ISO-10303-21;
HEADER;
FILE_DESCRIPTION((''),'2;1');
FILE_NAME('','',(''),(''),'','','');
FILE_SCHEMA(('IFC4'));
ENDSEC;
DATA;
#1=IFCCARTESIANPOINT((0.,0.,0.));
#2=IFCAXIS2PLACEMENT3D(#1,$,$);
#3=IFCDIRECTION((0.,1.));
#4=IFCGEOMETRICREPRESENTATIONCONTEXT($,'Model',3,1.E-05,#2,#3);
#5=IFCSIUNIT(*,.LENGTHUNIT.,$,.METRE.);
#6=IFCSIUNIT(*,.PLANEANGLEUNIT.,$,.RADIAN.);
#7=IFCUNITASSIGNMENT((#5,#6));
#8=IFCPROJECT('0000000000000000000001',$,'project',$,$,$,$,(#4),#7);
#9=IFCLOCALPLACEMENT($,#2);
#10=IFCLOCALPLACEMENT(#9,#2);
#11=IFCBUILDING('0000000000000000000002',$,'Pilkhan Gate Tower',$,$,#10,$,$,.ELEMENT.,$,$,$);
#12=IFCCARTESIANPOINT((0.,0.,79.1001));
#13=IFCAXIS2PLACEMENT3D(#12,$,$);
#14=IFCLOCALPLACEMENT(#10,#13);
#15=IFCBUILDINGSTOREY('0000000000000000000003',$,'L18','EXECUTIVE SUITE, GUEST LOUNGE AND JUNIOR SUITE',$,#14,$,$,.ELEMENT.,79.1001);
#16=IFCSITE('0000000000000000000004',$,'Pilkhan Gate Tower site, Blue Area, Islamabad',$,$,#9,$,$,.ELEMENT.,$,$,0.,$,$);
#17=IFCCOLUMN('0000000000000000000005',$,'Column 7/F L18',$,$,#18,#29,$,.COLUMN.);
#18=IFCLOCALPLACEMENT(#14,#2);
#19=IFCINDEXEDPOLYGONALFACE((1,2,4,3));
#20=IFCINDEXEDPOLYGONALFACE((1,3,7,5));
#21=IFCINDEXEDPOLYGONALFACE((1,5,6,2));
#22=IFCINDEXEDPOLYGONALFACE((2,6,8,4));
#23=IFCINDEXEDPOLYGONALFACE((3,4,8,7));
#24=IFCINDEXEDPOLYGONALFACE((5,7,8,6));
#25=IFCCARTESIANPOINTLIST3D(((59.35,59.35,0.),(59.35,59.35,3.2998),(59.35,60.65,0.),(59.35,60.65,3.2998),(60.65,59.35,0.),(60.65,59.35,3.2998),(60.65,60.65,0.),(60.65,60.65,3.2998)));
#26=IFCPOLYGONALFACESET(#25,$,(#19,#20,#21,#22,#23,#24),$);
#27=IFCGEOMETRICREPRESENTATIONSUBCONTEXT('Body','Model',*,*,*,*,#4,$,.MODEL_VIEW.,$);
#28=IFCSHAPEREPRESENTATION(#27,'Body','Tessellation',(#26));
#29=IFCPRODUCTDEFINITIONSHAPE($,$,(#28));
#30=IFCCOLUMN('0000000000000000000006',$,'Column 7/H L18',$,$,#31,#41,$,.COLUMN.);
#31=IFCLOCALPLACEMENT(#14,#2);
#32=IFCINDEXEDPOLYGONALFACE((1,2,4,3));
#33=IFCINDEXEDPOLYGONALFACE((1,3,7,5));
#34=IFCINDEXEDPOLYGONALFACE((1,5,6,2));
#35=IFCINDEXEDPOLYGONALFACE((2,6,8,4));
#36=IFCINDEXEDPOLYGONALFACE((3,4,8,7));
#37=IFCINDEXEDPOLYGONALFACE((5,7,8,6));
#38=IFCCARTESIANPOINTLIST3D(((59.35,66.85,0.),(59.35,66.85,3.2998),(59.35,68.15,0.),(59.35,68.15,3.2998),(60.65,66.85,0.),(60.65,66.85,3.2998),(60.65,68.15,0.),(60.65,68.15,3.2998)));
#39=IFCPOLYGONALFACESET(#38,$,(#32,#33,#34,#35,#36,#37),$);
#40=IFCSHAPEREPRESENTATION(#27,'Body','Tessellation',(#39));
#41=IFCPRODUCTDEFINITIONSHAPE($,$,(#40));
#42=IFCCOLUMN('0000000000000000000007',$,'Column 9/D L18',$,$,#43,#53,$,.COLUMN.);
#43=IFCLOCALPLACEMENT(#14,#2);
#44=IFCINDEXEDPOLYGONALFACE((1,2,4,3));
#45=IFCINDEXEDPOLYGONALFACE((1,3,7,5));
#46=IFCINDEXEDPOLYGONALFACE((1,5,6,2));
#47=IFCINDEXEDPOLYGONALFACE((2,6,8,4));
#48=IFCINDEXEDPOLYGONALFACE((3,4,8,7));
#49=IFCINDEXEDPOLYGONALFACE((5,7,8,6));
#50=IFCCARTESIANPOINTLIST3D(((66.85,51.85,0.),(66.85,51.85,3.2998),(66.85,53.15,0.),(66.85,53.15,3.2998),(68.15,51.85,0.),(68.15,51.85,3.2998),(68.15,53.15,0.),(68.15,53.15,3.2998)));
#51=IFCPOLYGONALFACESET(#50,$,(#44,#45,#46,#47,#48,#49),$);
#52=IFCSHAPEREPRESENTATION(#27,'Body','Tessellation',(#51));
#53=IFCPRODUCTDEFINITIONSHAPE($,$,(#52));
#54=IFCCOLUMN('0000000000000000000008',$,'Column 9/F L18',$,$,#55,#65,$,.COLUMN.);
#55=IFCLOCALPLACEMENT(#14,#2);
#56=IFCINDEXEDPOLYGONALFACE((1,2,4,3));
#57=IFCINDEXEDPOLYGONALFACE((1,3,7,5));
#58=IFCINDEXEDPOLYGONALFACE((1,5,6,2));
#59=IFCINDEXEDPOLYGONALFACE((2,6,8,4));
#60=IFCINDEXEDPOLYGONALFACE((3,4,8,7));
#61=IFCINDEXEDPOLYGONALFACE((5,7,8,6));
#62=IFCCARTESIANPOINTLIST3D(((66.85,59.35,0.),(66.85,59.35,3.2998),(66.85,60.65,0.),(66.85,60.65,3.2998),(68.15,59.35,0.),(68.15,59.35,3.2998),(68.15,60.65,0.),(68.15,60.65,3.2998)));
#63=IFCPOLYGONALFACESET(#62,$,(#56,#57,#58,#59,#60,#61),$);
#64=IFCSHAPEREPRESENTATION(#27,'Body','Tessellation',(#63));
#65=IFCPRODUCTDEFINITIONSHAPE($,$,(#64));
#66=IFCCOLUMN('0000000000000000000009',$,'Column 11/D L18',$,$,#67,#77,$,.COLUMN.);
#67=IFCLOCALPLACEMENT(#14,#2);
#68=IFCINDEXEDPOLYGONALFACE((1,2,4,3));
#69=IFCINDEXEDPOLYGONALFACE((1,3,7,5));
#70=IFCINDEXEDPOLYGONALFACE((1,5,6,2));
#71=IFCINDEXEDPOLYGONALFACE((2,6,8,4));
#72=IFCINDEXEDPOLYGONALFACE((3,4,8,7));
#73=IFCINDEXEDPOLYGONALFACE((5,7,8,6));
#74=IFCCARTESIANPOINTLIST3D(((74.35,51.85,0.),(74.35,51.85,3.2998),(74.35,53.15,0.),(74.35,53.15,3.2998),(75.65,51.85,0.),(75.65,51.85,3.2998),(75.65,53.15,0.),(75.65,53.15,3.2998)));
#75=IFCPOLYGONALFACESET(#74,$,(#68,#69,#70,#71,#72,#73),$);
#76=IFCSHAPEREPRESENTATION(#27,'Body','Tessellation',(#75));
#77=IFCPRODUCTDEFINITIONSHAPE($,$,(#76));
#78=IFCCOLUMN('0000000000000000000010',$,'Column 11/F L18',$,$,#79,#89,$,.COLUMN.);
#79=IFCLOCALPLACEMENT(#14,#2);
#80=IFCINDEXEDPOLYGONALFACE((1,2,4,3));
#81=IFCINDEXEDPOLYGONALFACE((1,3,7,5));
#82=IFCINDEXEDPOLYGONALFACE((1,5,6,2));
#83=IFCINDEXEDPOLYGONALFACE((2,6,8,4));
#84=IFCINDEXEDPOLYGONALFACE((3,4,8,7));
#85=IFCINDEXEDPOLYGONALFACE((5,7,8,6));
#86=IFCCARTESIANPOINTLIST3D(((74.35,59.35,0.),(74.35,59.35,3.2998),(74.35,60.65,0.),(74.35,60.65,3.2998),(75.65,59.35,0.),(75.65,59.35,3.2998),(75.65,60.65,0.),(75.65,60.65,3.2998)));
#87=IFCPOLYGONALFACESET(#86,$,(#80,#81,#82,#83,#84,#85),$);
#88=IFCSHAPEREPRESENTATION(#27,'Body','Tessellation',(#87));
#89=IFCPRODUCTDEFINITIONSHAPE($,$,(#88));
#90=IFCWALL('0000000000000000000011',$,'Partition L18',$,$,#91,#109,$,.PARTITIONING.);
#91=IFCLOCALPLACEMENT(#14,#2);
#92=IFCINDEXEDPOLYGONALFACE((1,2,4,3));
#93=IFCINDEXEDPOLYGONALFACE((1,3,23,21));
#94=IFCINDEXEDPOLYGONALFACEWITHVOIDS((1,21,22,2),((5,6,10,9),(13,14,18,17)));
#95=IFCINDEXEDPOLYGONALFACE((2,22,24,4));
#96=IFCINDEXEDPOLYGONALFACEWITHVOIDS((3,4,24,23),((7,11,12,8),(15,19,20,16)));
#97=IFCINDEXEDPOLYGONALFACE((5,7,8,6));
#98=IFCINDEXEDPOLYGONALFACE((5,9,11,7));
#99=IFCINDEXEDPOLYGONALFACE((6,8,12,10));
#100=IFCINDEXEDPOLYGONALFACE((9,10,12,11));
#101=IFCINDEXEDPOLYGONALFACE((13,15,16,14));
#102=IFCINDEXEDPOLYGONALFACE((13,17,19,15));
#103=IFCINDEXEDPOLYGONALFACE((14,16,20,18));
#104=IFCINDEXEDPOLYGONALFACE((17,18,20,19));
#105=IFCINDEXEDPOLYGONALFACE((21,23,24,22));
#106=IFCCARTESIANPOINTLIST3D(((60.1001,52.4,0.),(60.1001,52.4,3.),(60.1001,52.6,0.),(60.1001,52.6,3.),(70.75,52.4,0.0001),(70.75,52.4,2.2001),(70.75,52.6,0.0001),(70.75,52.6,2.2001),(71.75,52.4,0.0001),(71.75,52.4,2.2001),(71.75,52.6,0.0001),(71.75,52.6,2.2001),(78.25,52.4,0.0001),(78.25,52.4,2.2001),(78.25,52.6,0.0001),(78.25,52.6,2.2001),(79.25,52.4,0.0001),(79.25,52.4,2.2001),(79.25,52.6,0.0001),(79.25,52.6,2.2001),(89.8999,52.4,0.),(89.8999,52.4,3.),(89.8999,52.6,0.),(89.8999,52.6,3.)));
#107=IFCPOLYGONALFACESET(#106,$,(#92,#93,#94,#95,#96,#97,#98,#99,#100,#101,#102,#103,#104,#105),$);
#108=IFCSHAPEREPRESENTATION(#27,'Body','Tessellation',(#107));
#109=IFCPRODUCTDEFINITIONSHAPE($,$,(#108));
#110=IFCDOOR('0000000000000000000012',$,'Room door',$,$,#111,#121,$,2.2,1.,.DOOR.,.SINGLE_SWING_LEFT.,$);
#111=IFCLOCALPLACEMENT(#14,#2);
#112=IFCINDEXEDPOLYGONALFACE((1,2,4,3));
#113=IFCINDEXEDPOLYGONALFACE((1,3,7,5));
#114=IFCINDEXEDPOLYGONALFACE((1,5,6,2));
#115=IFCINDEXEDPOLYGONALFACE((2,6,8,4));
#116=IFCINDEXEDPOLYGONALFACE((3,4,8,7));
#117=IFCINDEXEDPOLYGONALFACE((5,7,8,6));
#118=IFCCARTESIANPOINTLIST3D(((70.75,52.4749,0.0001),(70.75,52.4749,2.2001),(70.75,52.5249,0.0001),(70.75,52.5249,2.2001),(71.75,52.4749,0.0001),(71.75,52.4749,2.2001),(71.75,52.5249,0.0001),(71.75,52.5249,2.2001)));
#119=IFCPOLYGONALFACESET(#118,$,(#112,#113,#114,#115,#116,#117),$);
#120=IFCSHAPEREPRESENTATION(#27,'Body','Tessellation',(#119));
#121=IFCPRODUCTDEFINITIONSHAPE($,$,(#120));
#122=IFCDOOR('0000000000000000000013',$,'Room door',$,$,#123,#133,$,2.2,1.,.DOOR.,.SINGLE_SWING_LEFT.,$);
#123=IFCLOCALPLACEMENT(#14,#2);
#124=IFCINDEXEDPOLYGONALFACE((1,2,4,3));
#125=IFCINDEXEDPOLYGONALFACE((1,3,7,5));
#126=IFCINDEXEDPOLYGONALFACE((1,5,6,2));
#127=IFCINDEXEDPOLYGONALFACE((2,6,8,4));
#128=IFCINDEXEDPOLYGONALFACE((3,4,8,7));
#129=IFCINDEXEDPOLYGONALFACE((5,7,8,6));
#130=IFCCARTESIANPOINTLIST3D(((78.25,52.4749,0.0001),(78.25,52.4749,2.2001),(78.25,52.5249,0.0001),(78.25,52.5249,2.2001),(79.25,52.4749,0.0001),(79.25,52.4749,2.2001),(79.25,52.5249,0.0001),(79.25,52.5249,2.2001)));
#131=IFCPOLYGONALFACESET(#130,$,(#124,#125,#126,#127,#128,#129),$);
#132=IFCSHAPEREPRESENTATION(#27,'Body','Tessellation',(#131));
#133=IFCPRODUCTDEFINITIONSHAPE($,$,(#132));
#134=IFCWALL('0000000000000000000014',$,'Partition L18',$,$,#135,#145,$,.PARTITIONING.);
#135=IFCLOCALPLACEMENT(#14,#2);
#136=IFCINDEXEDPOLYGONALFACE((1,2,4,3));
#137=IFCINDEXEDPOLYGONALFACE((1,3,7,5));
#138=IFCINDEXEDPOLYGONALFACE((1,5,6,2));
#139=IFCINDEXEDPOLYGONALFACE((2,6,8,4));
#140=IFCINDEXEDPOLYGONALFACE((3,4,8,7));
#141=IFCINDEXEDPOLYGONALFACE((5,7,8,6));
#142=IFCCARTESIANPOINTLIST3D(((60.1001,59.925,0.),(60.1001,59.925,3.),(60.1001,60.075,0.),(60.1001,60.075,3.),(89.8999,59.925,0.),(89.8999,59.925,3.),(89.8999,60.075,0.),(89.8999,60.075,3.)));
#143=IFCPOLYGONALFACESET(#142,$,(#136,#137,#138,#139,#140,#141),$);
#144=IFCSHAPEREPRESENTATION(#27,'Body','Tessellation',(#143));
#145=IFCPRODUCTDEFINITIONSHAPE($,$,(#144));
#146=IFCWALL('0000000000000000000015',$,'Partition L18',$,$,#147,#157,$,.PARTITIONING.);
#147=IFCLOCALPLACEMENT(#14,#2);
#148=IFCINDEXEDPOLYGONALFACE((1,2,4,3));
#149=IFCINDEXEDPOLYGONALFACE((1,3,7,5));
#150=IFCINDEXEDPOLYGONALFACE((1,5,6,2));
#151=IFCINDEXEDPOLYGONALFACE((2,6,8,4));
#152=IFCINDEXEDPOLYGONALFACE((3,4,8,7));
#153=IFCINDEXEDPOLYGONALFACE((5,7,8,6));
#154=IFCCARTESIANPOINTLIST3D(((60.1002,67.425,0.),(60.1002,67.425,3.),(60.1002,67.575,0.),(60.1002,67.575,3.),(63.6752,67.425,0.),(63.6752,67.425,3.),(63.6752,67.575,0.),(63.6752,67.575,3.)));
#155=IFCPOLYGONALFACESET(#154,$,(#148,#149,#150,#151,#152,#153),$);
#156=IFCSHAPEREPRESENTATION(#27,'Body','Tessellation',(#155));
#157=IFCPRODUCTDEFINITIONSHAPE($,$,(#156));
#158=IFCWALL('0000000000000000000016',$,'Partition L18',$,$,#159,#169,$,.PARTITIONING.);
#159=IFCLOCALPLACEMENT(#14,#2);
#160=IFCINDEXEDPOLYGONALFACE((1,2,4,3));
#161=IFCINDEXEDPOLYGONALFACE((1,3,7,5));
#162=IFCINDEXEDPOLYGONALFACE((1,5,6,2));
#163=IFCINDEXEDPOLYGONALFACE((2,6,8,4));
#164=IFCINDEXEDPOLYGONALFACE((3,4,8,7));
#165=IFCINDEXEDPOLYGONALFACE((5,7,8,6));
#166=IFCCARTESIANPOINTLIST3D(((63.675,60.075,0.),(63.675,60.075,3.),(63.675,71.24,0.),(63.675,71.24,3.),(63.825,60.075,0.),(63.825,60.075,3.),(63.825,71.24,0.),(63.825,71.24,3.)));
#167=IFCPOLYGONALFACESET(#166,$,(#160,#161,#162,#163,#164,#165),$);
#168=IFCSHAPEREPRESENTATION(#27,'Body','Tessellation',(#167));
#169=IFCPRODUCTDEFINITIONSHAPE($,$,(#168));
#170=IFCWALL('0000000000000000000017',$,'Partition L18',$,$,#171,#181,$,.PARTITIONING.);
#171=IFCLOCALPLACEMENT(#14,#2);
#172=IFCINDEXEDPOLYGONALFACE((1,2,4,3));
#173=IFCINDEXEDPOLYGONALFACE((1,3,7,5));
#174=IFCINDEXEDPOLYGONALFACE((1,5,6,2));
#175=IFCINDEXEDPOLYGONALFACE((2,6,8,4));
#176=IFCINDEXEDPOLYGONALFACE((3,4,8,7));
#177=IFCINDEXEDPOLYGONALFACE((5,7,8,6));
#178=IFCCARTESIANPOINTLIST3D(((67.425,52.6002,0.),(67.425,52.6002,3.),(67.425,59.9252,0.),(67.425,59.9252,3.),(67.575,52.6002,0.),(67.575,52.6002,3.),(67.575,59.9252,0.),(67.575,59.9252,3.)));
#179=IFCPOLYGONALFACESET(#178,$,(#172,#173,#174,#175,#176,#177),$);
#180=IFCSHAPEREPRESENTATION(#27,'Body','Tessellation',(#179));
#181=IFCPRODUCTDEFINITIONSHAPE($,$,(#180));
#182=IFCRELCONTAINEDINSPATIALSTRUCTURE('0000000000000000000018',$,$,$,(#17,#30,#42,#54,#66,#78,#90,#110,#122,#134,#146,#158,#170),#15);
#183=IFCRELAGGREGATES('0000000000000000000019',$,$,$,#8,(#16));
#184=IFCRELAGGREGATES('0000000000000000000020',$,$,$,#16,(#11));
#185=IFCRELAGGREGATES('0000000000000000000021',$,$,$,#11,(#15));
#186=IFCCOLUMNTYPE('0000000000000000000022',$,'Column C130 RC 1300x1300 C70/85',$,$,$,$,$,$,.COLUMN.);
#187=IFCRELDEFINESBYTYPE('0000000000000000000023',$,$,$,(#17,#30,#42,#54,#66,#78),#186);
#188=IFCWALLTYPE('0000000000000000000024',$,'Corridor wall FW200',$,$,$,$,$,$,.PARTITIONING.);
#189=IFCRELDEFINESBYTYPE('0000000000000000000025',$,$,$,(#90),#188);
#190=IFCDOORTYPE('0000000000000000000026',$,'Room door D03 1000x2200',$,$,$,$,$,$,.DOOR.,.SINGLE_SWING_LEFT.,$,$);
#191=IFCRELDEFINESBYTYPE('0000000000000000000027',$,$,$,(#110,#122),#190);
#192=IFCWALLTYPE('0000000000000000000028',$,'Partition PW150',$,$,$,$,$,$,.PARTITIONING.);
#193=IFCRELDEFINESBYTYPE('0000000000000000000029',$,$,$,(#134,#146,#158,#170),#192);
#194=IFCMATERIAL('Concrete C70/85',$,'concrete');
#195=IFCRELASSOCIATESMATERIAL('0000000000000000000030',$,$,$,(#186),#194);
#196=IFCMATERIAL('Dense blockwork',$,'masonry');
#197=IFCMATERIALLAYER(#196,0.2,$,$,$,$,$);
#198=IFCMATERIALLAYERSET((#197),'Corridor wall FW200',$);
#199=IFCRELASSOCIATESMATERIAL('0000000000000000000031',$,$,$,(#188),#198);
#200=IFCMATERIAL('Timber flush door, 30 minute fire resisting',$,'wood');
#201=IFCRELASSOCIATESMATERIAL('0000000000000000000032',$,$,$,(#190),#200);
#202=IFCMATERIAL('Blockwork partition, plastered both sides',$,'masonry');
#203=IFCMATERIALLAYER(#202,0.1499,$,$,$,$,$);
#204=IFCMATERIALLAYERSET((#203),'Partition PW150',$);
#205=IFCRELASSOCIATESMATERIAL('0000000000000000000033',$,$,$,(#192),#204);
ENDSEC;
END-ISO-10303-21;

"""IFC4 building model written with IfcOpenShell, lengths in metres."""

from ifc_helpers import new_model, si_unit, direction, frame, frame_2d, origin, origin_2d, place, context, subcontext, project, spatial, rectangle, extrude, material, layer, layer_set, material_profile, profile_set, type_object, element, fill, save


model = new_model("IFC4")

# Units and contexts
model_context = context("Model", 3, precision=1e-05, world=origin(), true_north=direction((0.0, 1.0)))
body_context = subcontext(model_context, "Body", "Model", "MODEL_VIEW")
ifc_project = project(units=[si_unit("LENGTHUNIT", "METRE"), si_unit("PLANEANGLEUNIT", "RADIAN")], contexts=[model_context])

# Site, building, storey
site_placement = place(None, origin())
site = spatial("IfcSite", under=ifc_project, at=site_placement, Name="Pilkhan Gate Tower site, Blue Area, Islamabad", CompositionType="ELEMENT", RefElevation=0.0)
building_placement = place(site_placement, origin())
building = spatial("IfcBuilding", under=site, at=building_placement, Name="Pilkhan Gate Tower", CompositionType="ELEMENT")
storey_placement = place(building_placement, frame((0.0, 0.0, 79.1001)))
storey = spatial("IfcBuildingStorey", under=building, at=storey_placement, Name="L18", Description="EXECUTIVE SUITE, GUEST LOUNGE AND JUNIOR SUITE", CompositionType="ELEMENT", Elevation=79.1001)

# Columns
ifc_material_1 = material(Name="Concrete C70/85", Category="concrete")
ifc_material_profile = material_profile(ifc_material_1, rectangle(XDim=1.3, YDim=1.3, at=origin_2d()), Name="RC 1300x1300")
ifc_profile_set = profile_set([ifc_material_profile], Name="Concrete C70/85")
column_type = type_object("IfcColumnType", Name="Column C130 RC 1300x1300 C70/85", PredefinedType="COLUMN", material=ifc_profile_set)
for number, where, z_axis, x_axis, name in (
    (1, (60.0, 60.0, 0.0), (0.0, 0.0, 1.0), (1.0, 0.0, 0.0), "Column 7/F L18"),
    (2, (60.0, 67.5, 0.0), (0.0, 0.0, 1.0), (1.0, 0.0, 0.0), "Column 7/H L18"),
    (3, (67.5, 52.5, 0.0), (0.0, 0.0, 1.0), (1.0, 0.0, 0.0), "Column 9/D L18"),
    (4, (67.5, 60.0, 0.0), (0.0, 0.0, 1.0), (1.0, 0.0, 0.0), "Column 9/F L18"),
    (5, (75.0, 52.5, 0.0), (0.0, 0.0, 1.0), (1.0, 0.0, 0.0), "Column 11/D L18"),
    (6, (75.0, 60.0, 0.0), (0.0, 0.0, 1.0), (1.0, 0.0, 0.0), "Column 11/F L18"),
):
    element("IfcColumn", number, at=place(storey_placement, frame(where, z_axis=z_axis, x_axis=x_axis)), inside=storey, type_object=column_type, Name=name, PredefinedType="COLUMN", context=body_context, shape_type="SweptSolid", body=[
        extrude(rectangle(XDim=1.3, YDim=1.3, at=origin_2d()), origin(), (0.0, 0.0, 1.0), 3.2998),
    ])

# Wall, openings, doors
ifc_material_2 = material(Name="Dense blockwork", Category="masonry")
ifc_layer_1 = layer(ifc_material_2, 0.2)
ifc_layer_set_1 = layer_set([ifc_layer_1], Name="Corridor wall FW200")
wall_type_1 = type_object("IfcWallType", Name="Corridor wall FW200", PredefinedType="PARTITIONING", material=ifc_layer_set_1)
wall_1_placement = place(storey_placement, frame((60.1001, 52.5, 0.0), z_axis=(0.0, 0.0, 1.0), x_axis=(1.0, 0.0, 0.0)))
wall_1 = element("IfcWall", 7, at=wall_1_placement, inside=storey, type_object=wall_type_1, Name="Partition L18", PredefinedType="PARTITIONING", context=body_context, shape_type="SweptSolid", body=[
    extrude(rectangle(XDim=29.7998, YDim=0.2, at=frame_2d((14.8999, 0.0))), origin(), (0.0, 0.0, 1.0), 3.0),
])
opening_1_placement = place(wall_1_placement, frame((10.6499, 0.0, 0.0)))
opening_1 = element("IfcOpeningElement", 8, at=opening_1_placement, cuts=wall_1, PredefinedType="OPENING", context=body_context, shape_type="SweptSolid", body=[
    extrude(rectangle(XDim=1.0, YDim=2.2, at=frame_2d((0.5, 1.1001))), frame((0.0, 0.1099, 0.0), z_axis=(0.0, -1.0, 0.0), x_axis=(1.0, 0.0, 0.0)), (0.0, 0.0, 1.0), 0.22),
])
opening_2_placement = place(wall_1_placement, frame((18.1499, 0.0, 0.0)))
opening_2 = element("IfcOpeningElement", 9, at=opening_2_placement, cuts=wall_1, PredefinedType="OPENING", context=body_context, shape_type="SweptSolid", body=[
    extrude(rectangle(XDim=1.0, YDim=2.2, at=frame_2d((0.5, 1.1001))), frame((0.0, 0.1099, 0.0), z_axis=(0.0, -1.0, 0.0), x_axis=(1.0, 0.0, 0.0)), (0.0, 0.0, 1.0), 0.22),
])
ifc_material_3 = material(Name="Timber flush door, 30 minute fire resisting", Category="wood")
door_type_1 = type_object("IfcDoorType", Name="Room door D03 1000x2200", OperationType="SINGLE_SWING_LEFT", PredefinedType="DOOR", material=ifc_material_3)
door_1_placement = place(opening_1_placement, origin())
door_1 = element("IfcDoor", 10, at=door_1_placement, inside=storey, type_object=door_type_1, Name="Room door", OperationType="SINGLE_SWING_LEFT", OverallHeight=2.2, OverallWidth=1.0, PredefinedType="DOOR", context=body_context, shape_type="SweptSolid", body=[
    extrude(rectangle(XDim=1.0, YDim=2.2, at=frame_2d((0.5, 1.1001))), frame((0.0, 0.0249, 0.0), z_axis=(0.0, -1.0, 0.0), x_axis=(1.0, 0.0, 0.0)), (0.0, 0.0, 1.0), 0.05),
])
fill(opening_1, door_1)
door_2_placement = place(opening_2_placement, origin())
door_2 = element("IfcDoor", 11, at=door_2_placement, inside=storey, type_object=door_type_1, Name="Room door", OperationType="SINGLE_SWING_LEFT", OverallHeight=2.2, OverallWidth=1.0, PredefinedType="DOOR", context=body_context, shape_type="SweptSolid", body=[
    extrude(rectangle(XDim=1.0, YDim=2.2, at=frame_2d((0.5, 1.1001))), frame((0.0, 0.0249, 0.0), z_axis=(0.0, -1.0, 0.0), x_axis=(1.0, 0.0, 0.0)), (0.0, 0.0, 1.0), 0.05),
])
fill(opening_2, door_2)

# Walls
ifc_material_4 = material(Name="Blockwork partition, plastered both sides", Category="masonry")
ifc_layer_2 = layer(ifc_material_4, 0.1499)
ifc_layer_set_2 = layer_set([ifc_layer_2], Name="Partition PW150")
wall_type_2 = type_object("IfcWallType", Name="Partition PW150", PredefinedType="PARTITIONING", material=ifc_layer_set_2)
wall_2_placement = place(storey_placement, frame((60.1001, 60.0, 0.0), z_axis=(0.0, 0.0, 1.0), x_axis=(1.0, 0.0, 0.0)))
element("IfcWall", 12, at=wall_2_placement, inside=storey, type_object=wall_type_2, Name="Partition L18", PredefinedType="PARTITIONING", context=body_context, shape_type="SweptSolid", body=[
    extrude(rectangle(XDim=29.7998, YDim=0.1499, at=frame_2d((14.8999, 0.0))), origin(), (0.0, 0.0, 1.0), 3.0),
])
wall_3_placement = place(storey_placement, frame((60.1001, 67.5, 0.0), z_axis=(0.0, 0.0, 1.0), x_axis=(1.0, 0.0, 0.0)))
element("IfcWall", 13, at=wall_3_placement, inside=storey, type_object=wall_type_2, Name="Partition L18", PredefinedType="PARTITIONING", context=body_context, shape_type="SweptSolid", body=[
    extrude(rectangle(XDim=3.575, YDim=0.1499, at=frame_2d((1.7876, 0.0))), origin(), (0.0, 0.0, 1.0), 3.0),
])
wall_4_placement = place(storey_placement, frame((63.75, 60.075, 0.0), z_axis=(0.0, 0.0, 1.0), x_axis=(0.0, 1.0, 0.0)))
element("IfcWall", 14, at=wall_4_placement, inside=storey, type_object=wall_type_2, Name="Partition L18", PredefinedType="PARTITIONING", context=body_context, shape_type="SweptSolid", body=[
    extrude(rectangle(XDim=11.165, YDim=0.1499, at=frame_2d((5.5825, 0.0))), origin(), (0.0, 0.0, 1.0), 3.0),
])
wall_5_placement = place(storey_placement, frame((67.5, 52.6001, 0.0), z_axis=(0.0, 0.0, 1.0), x_axis=(0.0, 1.0, 0.0)))
element("IfcWall", 15, at=wall_5_placement, inside=storey, type_object=wall_type_2, Name="Partition L18", PredefinedType="PARTITIONING", context=body_context, shape_type="SweptSolid", body=[
    extrude(rectangle(XDim=7.325, YDim=0.1499, at=frame_2d((3.6626, 0.0))), origin(), (0.0, 0.0, 1.0), 3.0),
])

save(model, "model.ifc")
